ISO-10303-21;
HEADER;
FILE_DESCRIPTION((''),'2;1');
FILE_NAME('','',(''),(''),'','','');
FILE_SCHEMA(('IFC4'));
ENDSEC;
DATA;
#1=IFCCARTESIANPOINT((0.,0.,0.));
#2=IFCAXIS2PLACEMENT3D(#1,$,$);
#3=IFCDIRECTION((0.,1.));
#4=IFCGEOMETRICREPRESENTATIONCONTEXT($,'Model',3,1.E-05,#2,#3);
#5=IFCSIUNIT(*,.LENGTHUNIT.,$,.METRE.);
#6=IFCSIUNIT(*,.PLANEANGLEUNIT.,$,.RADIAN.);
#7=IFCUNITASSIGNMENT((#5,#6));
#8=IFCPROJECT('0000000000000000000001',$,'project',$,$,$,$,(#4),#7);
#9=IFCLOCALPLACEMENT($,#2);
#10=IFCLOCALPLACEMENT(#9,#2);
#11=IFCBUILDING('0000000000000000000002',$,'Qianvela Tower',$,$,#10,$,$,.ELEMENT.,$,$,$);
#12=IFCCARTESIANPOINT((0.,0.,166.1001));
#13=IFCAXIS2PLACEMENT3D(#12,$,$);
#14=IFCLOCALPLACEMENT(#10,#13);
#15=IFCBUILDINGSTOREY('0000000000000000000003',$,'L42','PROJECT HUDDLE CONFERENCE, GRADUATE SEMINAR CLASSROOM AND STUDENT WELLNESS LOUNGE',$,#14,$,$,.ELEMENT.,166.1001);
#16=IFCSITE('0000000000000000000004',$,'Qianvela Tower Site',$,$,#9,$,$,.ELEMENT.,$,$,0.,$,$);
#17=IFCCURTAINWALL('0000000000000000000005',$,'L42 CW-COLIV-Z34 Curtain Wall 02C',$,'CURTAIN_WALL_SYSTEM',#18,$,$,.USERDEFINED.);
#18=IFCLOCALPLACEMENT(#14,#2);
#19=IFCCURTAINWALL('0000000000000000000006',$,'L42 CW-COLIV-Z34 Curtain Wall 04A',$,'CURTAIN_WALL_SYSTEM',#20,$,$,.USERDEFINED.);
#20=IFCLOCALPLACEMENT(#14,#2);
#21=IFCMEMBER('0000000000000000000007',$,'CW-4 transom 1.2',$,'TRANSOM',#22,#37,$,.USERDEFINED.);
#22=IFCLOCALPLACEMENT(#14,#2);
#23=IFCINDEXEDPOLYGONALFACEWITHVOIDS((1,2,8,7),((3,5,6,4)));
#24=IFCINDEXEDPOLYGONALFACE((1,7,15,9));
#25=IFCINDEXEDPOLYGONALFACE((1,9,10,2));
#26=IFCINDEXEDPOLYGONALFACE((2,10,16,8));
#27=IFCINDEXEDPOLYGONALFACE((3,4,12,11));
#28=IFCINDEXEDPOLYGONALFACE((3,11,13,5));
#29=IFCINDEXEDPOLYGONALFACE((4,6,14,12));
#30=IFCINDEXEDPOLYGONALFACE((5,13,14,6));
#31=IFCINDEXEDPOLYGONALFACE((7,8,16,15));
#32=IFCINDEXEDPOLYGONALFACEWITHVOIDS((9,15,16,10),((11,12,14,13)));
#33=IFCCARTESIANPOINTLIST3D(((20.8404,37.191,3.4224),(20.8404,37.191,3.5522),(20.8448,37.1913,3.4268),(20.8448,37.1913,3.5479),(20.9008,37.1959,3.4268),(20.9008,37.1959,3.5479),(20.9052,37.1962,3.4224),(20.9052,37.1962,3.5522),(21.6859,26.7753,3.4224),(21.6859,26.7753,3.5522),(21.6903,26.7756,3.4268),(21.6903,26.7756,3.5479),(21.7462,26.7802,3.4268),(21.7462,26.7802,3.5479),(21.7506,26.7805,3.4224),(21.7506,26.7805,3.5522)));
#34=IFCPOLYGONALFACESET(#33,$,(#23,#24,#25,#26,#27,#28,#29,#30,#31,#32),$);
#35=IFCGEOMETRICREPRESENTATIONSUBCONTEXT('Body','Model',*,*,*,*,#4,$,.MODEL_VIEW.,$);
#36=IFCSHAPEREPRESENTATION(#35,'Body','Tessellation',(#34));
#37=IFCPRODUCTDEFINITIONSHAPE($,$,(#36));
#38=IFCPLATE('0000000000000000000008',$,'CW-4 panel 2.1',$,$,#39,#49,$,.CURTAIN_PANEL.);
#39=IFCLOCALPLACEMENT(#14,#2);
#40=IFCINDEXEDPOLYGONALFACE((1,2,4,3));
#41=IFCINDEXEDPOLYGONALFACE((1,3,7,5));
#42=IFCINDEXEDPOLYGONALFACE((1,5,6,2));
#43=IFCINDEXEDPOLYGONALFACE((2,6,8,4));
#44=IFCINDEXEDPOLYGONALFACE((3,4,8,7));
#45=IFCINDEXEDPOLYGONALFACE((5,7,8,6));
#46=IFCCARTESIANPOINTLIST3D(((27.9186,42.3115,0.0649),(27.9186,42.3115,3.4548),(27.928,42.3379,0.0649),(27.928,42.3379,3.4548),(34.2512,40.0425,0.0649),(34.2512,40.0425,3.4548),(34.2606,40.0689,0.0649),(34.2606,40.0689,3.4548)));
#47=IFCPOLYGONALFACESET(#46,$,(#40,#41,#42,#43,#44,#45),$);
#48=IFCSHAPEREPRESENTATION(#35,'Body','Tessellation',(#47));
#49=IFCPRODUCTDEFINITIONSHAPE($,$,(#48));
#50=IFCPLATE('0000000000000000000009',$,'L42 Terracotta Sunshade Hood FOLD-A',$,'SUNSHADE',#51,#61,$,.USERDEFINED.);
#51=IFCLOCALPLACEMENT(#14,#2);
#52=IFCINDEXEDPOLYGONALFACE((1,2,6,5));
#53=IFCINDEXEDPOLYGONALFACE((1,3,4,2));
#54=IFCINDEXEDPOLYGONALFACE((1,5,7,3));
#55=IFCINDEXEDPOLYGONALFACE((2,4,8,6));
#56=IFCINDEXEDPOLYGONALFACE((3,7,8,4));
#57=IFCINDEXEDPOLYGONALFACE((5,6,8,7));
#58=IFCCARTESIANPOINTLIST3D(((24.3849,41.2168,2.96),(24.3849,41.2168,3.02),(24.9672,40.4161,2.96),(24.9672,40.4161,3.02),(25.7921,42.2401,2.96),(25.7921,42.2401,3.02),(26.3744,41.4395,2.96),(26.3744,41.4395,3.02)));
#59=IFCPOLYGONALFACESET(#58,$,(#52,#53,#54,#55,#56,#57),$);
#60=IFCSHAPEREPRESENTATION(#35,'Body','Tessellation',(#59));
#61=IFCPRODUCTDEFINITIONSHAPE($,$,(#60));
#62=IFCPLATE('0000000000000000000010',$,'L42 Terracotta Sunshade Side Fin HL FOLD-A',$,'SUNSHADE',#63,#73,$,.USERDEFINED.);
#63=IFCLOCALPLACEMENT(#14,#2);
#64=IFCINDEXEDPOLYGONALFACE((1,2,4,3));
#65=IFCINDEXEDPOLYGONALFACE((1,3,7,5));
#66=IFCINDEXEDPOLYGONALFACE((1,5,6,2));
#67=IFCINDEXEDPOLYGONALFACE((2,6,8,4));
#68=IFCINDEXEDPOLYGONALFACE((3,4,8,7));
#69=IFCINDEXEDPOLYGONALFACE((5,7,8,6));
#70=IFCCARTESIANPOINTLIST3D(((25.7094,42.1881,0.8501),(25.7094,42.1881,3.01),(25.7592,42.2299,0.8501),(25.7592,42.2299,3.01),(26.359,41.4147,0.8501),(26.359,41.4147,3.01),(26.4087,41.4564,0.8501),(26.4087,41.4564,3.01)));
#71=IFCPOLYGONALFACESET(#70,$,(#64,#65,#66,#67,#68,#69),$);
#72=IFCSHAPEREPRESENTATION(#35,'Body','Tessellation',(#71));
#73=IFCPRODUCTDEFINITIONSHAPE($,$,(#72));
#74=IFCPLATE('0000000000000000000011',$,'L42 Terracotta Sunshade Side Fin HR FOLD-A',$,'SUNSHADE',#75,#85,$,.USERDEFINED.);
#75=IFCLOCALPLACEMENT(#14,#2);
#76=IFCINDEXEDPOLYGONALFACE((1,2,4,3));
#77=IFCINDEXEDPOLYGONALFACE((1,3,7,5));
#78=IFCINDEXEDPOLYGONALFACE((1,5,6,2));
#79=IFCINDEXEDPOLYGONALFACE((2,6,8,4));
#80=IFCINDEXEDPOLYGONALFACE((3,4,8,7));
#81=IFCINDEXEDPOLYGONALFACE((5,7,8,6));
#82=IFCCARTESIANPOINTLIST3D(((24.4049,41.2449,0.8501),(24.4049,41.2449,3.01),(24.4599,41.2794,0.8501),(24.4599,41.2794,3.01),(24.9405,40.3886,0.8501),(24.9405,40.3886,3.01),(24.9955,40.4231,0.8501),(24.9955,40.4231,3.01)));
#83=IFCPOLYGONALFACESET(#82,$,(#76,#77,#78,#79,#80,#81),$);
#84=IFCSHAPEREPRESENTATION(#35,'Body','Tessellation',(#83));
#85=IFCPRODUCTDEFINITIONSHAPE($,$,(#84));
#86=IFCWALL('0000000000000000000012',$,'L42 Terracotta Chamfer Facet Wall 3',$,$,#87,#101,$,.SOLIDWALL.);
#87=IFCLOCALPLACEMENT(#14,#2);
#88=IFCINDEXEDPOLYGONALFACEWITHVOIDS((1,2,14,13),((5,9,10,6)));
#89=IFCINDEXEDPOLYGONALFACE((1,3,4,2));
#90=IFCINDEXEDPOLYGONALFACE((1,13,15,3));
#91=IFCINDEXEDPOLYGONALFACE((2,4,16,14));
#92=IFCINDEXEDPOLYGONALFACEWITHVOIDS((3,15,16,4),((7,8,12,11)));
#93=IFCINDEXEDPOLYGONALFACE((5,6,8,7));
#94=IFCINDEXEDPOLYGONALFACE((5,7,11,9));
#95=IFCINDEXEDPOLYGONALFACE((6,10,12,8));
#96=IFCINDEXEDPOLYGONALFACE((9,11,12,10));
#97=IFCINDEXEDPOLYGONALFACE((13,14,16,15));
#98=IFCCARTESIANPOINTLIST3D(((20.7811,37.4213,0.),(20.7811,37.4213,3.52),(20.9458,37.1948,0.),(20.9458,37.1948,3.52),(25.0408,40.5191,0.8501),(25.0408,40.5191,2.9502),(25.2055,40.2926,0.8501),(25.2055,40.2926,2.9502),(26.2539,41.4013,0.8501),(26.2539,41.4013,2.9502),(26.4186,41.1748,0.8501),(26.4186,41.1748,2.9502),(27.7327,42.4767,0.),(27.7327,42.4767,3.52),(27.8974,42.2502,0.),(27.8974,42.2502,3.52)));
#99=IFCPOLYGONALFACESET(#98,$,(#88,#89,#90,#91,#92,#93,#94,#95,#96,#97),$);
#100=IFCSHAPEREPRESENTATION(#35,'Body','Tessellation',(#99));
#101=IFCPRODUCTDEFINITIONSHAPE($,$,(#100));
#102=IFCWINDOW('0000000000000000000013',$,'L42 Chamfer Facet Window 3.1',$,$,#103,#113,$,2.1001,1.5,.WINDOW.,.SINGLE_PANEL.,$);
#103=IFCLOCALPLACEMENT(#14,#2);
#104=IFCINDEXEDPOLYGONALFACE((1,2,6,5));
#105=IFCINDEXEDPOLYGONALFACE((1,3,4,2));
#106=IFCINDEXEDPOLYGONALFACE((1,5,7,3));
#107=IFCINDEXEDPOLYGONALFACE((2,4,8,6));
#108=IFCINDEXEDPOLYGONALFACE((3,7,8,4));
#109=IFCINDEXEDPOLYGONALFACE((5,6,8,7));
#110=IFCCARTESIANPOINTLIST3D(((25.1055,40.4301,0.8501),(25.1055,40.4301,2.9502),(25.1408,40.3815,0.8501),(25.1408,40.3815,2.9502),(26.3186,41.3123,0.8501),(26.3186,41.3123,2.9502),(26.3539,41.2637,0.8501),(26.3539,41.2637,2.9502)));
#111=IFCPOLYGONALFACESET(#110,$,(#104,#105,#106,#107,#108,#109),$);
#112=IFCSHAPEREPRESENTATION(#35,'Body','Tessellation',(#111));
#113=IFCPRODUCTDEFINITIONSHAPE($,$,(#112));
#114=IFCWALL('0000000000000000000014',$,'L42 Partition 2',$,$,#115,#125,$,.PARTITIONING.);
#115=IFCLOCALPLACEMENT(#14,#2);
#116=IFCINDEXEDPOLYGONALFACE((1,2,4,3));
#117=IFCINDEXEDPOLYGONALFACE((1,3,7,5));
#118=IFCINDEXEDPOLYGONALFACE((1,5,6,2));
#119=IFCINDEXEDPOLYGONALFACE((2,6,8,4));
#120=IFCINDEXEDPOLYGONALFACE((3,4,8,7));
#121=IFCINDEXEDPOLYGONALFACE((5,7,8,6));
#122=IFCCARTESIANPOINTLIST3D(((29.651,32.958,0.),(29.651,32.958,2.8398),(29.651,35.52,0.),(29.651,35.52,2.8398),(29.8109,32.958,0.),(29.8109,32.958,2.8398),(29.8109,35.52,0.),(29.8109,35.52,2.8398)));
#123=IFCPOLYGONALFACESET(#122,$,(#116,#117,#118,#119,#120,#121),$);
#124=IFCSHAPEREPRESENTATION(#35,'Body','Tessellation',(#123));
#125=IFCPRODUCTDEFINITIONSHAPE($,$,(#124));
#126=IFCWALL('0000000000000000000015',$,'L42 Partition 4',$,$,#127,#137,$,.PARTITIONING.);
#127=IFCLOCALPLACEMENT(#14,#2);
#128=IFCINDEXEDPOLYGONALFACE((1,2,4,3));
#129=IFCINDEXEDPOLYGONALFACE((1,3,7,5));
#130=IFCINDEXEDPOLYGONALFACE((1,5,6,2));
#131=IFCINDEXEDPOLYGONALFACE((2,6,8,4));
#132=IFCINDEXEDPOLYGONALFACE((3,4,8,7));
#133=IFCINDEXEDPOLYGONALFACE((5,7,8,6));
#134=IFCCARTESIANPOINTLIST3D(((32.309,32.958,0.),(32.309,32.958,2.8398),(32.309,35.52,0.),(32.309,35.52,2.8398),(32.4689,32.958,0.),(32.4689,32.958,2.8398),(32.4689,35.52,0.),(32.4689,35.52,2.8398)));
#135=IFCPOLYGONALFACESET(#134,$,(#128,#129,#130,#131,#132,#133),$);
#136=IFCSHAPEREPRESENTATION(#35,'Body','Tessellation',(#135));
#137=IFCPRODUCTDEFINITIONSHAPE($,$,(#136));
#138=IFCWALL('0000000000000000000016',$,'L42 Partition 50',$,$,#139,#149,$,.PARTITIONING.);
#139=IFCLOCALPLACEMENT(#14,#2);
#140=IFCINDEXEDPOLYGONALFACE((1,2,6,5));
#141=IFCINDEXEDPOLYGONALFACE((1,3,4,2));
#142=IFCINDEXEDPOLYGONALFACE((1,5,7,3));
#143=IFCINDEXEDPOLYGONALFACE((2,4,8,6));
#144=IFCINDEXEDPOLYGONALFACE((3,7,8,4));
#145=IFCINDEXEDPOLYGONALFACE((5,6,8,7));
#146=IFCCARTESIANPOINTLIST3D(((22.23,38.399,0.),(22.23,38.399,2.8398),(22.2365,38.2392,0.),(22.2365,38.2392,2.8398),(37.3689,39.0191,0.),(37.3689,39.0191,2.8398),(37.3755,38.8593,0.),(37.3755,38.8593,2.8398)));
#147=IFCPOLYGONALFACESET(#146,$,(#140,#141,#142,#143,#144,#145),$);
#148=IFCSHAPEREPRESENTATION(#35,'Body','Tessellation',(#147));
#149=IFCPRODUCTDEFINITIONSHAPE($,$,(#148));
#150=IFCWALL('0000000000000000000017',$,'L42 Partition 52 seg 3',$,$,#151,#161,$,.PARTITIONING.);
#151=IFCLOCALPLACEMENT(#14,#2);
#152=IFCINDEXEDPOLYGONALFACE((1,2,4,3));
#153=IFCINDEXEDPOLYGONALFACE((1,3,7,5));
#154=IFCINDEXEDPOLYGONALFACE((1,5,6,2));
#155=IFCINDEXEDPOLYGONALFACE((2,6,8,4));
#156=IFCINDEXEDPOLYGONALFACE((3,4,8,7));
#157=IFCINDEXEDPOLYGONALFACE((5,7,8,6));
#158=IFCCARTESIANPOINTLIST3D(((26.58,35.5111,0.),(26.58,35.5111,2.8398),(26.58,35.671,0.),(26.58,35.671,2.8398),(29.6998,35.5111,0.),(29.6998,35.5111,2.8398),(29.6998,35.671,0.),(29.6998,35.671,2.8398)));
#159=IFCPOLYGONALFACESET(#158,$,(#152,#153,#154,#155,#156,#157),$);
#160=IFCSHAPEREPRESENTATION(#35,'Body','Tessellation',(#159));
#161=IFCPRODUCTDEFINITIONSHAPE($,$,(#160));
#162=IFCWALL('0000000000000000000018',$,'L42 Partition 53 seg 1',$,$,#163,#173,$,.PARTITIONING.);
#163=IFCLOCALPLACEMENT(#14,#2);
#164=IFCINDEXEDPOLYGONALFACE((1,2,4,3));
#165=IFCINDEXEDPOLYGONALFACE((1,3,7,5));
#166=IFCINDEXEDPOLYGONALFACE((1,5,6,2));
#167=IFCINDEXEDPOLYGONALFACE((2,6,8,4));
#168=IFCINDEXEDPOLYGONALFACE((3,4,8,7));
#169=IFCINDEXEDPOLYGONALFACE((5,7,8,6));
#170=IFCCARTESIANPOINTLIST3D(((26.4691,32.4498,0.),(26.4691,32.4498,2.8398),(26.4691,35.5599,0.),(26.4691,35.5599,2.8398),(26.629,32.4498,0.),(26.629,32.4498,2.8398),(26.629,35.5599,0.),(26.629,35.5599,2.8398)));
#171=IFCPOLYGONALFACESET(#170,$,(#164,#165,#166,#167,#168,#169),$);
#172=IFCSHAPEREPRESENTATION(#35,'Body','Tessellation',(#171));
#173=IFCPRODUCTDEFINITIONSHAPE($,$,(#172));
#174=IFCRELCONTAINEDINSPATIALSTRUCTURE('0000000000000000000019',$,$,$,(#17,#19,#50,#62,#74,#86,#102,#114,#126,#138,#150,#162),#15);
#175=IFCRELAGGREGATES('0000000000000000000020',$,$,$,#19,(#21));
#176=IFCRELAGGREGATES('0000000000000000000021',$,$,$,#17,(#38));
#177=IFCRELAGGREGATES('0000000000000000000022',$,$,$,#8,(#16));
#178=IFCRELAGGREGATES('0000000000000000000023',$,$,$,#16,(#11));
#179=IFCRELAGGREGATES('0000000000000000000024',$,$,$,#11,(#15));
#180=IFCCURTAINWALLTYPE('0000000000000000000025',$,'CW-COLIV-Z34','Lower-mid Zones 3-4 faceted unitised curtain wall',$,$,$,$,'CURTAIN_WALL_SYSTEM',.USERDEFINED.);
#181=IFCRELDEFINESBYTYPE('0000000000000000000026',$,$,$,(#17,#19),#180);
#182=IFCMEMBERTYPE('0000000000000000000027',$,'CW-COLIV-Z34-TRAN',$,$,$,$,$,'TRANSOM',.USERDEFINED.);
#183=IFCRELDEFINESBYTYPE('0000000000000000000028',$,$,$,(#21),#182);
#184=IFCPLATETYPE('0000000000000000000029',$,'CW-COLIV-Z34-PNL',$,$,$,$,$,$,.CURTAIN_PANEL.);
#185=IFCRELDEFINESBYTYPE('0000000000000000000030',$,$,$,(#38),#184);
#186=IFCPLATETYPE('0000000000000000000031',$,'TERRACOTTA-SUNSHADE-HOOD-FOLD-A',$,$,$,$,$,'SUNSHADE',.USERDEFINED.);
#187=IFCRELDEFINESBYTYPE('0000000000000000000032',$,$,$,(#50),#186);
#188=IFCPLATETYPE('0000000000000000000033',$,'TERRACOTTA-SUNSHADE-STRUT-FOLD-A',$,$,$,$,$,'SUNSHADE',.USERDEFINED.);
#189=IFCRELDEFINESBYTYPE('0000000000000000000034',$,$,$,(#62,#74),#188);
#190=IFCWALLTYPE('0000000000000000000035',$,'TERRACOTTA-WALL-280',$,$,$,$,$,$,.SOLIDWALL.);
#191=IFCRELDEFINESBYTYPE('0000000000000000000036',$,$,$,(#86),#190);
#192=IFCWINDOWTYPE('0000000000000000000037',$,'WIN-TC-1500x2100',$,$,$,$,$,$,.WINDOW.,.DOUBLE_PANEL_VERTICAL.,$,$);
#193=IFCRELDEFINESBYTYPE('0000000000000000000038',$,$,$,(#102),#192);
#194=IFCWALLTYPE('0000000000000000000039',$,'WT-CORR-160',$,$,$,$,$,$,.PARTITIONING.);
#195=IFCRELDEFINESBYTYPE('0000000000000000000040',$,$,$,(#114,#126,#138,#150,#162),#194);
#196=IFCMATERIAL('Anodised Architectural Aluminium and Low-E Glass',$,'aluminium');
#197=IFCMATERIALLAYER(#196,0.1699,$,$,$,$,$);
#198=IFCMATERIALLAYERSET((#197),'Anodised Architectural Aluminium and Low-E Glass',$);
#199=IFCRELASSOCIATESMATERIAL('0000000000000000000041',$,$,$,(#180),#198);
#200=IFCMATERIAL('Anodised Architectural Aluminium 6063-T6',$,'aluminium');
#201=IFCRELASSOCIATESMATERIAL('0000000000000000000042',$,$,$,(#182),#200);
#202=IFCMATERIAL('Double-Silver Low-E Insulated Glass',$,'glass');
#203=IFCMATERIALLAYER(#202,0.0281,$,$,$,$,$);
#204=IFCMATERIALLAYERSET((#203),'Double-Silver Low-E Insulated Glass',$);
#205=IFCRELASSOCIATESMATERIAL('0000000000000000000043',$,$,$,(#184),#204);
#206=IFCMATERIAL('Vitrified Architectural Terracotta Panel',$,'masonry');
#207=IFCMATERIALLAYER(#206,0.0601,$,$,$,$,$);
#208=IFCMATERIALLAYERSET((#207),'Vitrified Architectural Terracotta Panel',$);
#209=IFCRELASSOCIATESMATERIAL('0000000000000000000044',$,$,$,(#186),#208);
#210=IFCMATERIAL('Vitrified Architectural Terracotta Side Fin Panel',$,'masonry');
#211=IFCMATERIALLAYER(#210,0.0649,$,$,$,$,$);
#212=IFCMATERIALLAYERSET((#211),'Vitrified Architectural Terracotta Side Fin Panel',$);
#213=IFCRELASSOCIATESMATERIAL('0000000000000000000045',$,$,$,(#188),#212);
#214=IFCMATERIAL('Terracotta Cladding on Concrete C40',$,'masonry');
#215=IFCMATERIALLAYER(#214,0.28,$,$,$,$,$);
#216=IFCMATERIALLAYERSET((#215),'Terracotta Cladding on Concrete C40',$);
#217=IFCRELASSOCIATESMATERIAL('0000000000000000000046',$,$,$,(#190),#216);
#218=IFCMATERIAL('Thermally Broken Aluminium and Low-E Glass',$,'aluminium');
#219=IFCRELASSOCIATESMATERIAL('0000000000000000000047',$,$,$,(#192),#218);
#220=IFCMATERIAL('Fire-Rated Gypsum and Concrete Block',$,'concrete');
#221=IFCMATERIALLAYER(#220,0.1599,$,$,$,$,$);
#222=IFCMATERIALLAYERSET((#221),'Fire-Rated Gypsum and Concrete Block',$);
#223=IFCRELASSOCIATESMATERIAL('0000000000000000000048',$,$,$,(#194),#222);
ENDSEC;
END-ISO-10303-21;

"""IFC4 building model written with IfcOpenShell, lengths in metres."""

from ifc_helpers import new_model, si_unit, direction, frame, frame_2d, origin, origin_2d, place, context, subcontext, project, spatial, rectangle, hollow_rectangle, extrude, material, layer, layer_set, material_profile, profile_set, type_object, element, fill, aggregate, save


model = new_model("IFC4")

# Units and contexts
model_context = context("Model", 3, precision=1e-05, world=origin(), true_north=direction((0.0, 1.0)))
body_context = subcontext(model_context, "Body", "Model", "MODEL_VIEW")
ifc_project = project(units=[si_unit("LENGTHUNIT", "METRE"), si_unit("PLANEANGLEUNIT", "RADIAN")], contexts=[model_context])

# Site, building, storey
site_placement = place(None, origin())
site = spatial("IfcSite", under=ifc_project, at=site_placement, Name="Qianvela Tower Site", CompositionType="ELEMENT", RefElevation=0.0)
building_placement = place(site_placement, origin())
building = spatial("IfcBuilding", under=site, at=building_placement, Name="Qianvela Tower", CompositionType="ELEMENT")
storey_placement = place(building_placement, frame((0.0, 0.0, 166.1001)))
storey = spatial("IfcBuildingStorey", under=building, at=storey_placement, Name="L42", Description="PROJECT HUDDLE CONFERENCE, GRADUATE SEMINAR CLASSROOM AND STUDENT WELLNESS LOUNGE", CompositionType="ELEMENT", Elevation=166.1001)

# Curtain wall
ifc_material_1 = material(Name="Anodised Architectural Aluminium and Low-E Glass", Category="aluminium")
ifc_layer_1 = layer(ifc_material_1, 0.1699)
ifc_layer_set_1 = layer_set([ifc_layer_1], Name="Anodised Architectural Aluminium and Low-E Glass")
curtain_wall_type = type_object("IfcCurtainWallType", Name="CW-COLIV-Z34", Description="Lower-mid Zones 3-4 faceted unitised curtain wall", ElementType="CURTAIN_WALL_SYSTEM", PredefinedType="USERDEFINED", material=ifc_layer_set_1)
curtain_wall_1_placement = place(storey_placement, origin())
curtain_wall_1 = element("IfcCurtainWall", 1, at=curtain_wall_1_placement, inside=storey, type_object=curtain_wall_type, Name="L42 CW-COLIV-Z34 Curtain Wall 02C", ObjectType="CURTAIN_WALL_SYSTEM", PredefinedType="USERDEFINED")

# Curtain wall, member
curtain_wall_2_placement = place(storey_placement, origin())
curtain_wall_2 = element("IfcCurtainWall", 2, at=curtain_wall_2_placement, inside=storey, type_object=curtain_wall_type, Name="L42 CW-COLIV-Z34 Curtain Wall 04A", ObjectType="CURTAIN_WALL_SYSTEM", PredefinedType="USERDEFINED")
ifc_material_2 = material(Name="Anodised Architectural Aluminium 6063-T6", Category="aluminium")
ifc_material_profile_1 = material_profile(ifc_material_2, hollow_rectangle(XDim=0.0649, YDim=0.1299, WallThickness=0.0044, at=origin_2d()), Name="ALU-TRAN-65x130")
ifc_profile_set_1 = profile_set([ifc_material_profile_1], Name="Anodised Architectural Aluminium 6063-T6")
member_type_1 = type_object("IfcMemberType", Name="CW-COLIV-Z34-TRAN", ElementType="TRANSOM", PredefinedType="USERDEFINED", material=ifc_profile_set_1)
member_1_placement = place(storey_placement, frame((20.8728, 37.1936, 3.4873), z_axis=(0.080905, -0.996722, 0.0), x_axis=(0.996722, 0.080905, 0.0)))
member_1 = element("IfcMember", 3, at=member_1_placement, type_object=member_type_1, Name="CW-4 transom 1.2", ObjectType="TRANSOM", PredefinedType="USERDEFINED", context=body_context, shape_type="SweptSolid", body=[
    extrude(hollow_rectangle(XDim=0.0649, YDim=0.1299, WallThickness=0.0044, at=origin_2d()), origin(), (0.0, 0.0, 1.0), 10.45),
])
aggregate(curtain_wall_2, [member_1])

# Plate
ifc_material_3 = material(Name="Double-Silver Low-E Insulated Glass", Category="glass")
ifc_layer_2 = layer(ifc_material_3, 0.0281)
ifc_layer_set_2 = layer_set([ifc_layer_2], Name="Double-Silver Low-E Insulated Glass")
plate_type_1 = type_object("IfcPlateType", Name="CW-COLIV-Z34-PNL", PredefinedType="CURTAIN_PANEL", material=ifc_layer_set_2)
plate_1_placement = place(storey_placement, frame((31.0896, 41.1902, 0.0649), z_axis=(0.0, 0.0, 1.0), x_axis=(-0.941394, 0.33731, 0.0)))
plate_1 = element("IfcPlate", 4, at=plate_1_placement, type_object=plate_type_1, Name="CW-4 panel 2.1", PredefinedType="CURTAIN_PANEL", context=body_context, shape_type="SweptSolid", body=[
    extrude(rectangle(XDim=6.7268, YDim=0.0281, at=origin_2d()), origin(), (0.0, 0.0, 1.0), 3.3899),
])
aggregate(curtain_wall_1, [plate_1])

# Plates
ifc_material_4 = material(Name="Vitrified Architectural Terracotta Panel", Category="masonry")
ifc_layer_3 = layer(ifc_material_4, 0.0601)
ifc_layer_set_3 = layer_set([ifc_layer_3], Name="Vitrified Architectural Terracotta Panel")
plate_type_2 = type_object("IfcPlateType", Name="TERRACOTTA-SUNSHADE-HOOD-FOLD-A", ElementType="SUNSHADE", PredefinedType="USERDEFINED", material=ifc_layer_set_3)
plate_2_placement = place(storey_placement, frame((25.3796, 41.3281, 2.96), z_axis=(0.0, 0.0, 1.0), x_axis=(-0.808749, -0.588154, 0.0)))
element("IfcPlate", 5, at=plate_2_placement, inside=storey, type_object=plate_type_2, Name="L42 Terracotta Sunshade Hood FOLD-A", ObjectType="SUNSHADE", PredefinedType="USERDEFINED", context=body_context, shape_type="SweptSolid", body=[
    extrude(rectangle(XDim=1.74, YDim=0.99, at=origin_2d()), origin(), (0.0, 0.0, 1.0), 0.0601),
])
ifc_material_5 = material(Name="Vitrified Architectural Terracotta Side Fin Panel", Category="masonry")
ifc_layer_4 = layer(ifc_material_5, 0.0649)
ifc_layer_set_4 = layer_set([ifc_layer_4], Name="Vitrified Architectural Terracotta Side Fin Panel")
plate_type_3 = type_object("IfcPlateType", Name="TERRACOTTA-SUNSHADE-STRUT-FOLD-A", ElementType="SUNSHADE", PredefinedType="USERDEFINED", material=ifc_layer_set_4)
for number, where, z_axis, x_axis, name in (
    (6, (26.0591, 41.8223, 0.8501), (0.0, 0.0, 1.0), (-0.765752, -0.643136, 0.0), "L42 Terracotta Sunshade Side Fin HL FOLD-A"),
    (7, (24.7002, 40.834, 0.8501), (0.0, 0.0, 1.0), (-0.847807, -0.530306, 0.0), "L42 Terracotta Sunshade Side Fin HR FOLD-A"),
):
    element("IfcPlate", number, at=place(storey_placement, frame(where, z_axis=z_axis, x_axis=x_axis)), inside=storey, type_object=plate_type_3, Name=name, ObjectType="SUNSHADE", PredefinedType="USERDEFINED", context=body_context, shape_type="SweptSolid", body=[
        extrude(rectangle(XDim=0.0649, YDim=1.01, at=origin_2d()), origin(), (0.0, 0.0, 1.0), 2.1599),
    ])

# Wall, opening, window
ifc_material_6 = material(Name="Terracotta Cladding on Concrete C40", Category="masonry")
ifc_layer_5 = layer(ifc_material_6, 0.28)
ifc_layer_set_5 = layer_set([ifc_layer_5], Name="Terracotta Cladding on Concrete C40")
wall_type_1 = type_object("IfcWallType", Name="TERRACOTTA-WALL-280", PredefinedType="SOLIDWALL", material=ifc_layer_set_5)
wall_1_placement = place(storey_placement, frame((27.8152, 42.3635, 0.0), z_axis=(0.0, 0.0, 1.0), x_axis=(-0.808755, -0.588146, 0.0)))
wall_1 = element("IfcWall", 8, at=wall_1_placement, inside=storey, type_object=wall_type_1, Name="L42 Terracotta Chamfer Facet Wall 3", PredefinedType="SOLIDWALL", context=body_context, shape_type="SweptSolid", body=[
    extrude(rectangle(XDim=8.5955, YDim=0.28, at=frame_2d((4.2979, 0.0))), origin(), (0.0, 0.0, 1.0), 3.52),
])
opening_1_placement = place(wall_1_placement, frame((1.8286, 0.0, 0.8501)))
opening_1 = element("IfcOpeningElement", 9, at=opening_1_placement, cuts=wall_1, PredefinedType="OPENING", context=body_context, shape_type="SweptSolid", body=[
    extrude(rectangle(XDim=1.5, YDim=2.1001, at=frame_2d((0.75, 1.05))), frame((0.0, 0.1499, 0.0), z_axis=(0.0, -1.0, 0.0), x_axis=(1.0, 0.0, 0.0)), (0.0, 0.0, 1.0), 0.3),
])
ifc_material_7 = material(Name="Thermally Broken Aluminium and Low-E Glass", Category="aluminium")
window_type = type_object("IfcWindowType", Name="WIN-TC-1500x2100", PartitioningType="DOUBLE_PANEL_VERTICAL", PredefinedType="WINDOW", material=ifc_material_7)
window_placement = place(opening_1_placement, origin())
window = element("IfcWindow", 10, at=window_placement, inside=storey, type_object=window_type, Name="L42 Chamfer Facet Window 3.1", OverallHeight=2.1001, OverallWidth=1.5, PartitioningType="SINGLE_PANEL", PredefinedType="WINDOW", context=body_context, shape_type="SweptSolid", body=[
    extrude(rectangle(XDim=1.5, YDim=2.1001, at=frame_2d((0.75, 1.05))), frame((0.0, 0.03, 0.0), z_axis=(0.0, -1.0, 0.0), x_axis=(1.0, 0.0, 0.0)), (0.0, 0.0, 1.0), 0.0601),
])
fill(opening_1, window)

# Wall
ifc_material_8 = material(Name="Fire-Rated Gypsum and Concrete Block", Category="concrete")
ifc_layer_6 = layer(ifc_material_8, 0.1599)
ifc_layer_set_6 = layer_set([ifc_layer_6], Name="Fire-Rated Gypsum and Concrete Block")
wall_type_2 = type_object("IfcWallType", Name="WT-CORR-160", PredefinedType="PARTITIONING", material=ifc_layer_set_6)
wall_2_placement = place(storey_placement, frame((29.731, 32.958, 0.0), z_axis=(0.0, 0.0, 1.0), x_axis=(0.0, 1.0, 0.0)))
element("IfcWall", 11, at=wall_2_placement, inside=storey, type_object=wall_type_2, Name="L42 Partition 2", PredefinedType="PARTITIONING", context=body_context, shape_type="SweptSolid", body=[
    extrude(rectangle(XDim=2.562, YDim=0.1599, at=frame_2d((1.281, 0.0))), origin(), (0.0, 0.0, 1.0), 2.8398),
])

# Walls
wall_3_placement = place(storey_placement, frame((32.3889, 35.52, 0.0), z_axis=(0.0, 0.0, 1.0), x_axis=(0.0, -1.0, 0.0)))
element("IfcWall", 12, at=wall_3_placement, inside=storey, type_object=wall_type_2, Name="L42 Partition 4", PredefinedType="PARTITIONING", context=body_context, shape_type="SweptSolid", body=[
    extrude(rectangle(XDim=2.562, YDim=0.1599, at=frame_2d((1.281, 0.0))), origin(), (0.0, 0.0, 1.0), 2.8398),
])
wall_4_placement = place(storey_placement, frame((22.2334, 38.3191, 0.0), z_axis=(0.0, 0.0, 1.0), x_axis=(0.999162, 0.040927, 0.0)))
element("IfcWall", 13, at=wall_4_placement, inside=storey, type_object=wall_type_2, Name="L42 Partition 50", PredefinedType="PARTITIONING", context=body_context, shape_type="SweptSolid", body=[
    extrude(rectangle(XDim=15.1516, YDim=0.1599, at=frame_2d((7.5757, 0.0))), origin(), (0.0, 0.0, 1.0), 2.8398),
])
wall_5_placement = place(storey_placement, frame((29.7, 35.5911, 0.0), z_axis=(0.0, 0.0, 1.0), x_axis=(-1.0, 0.0, 0.0)))
element("IfcWall", 14, at=wall_5_placement, inside=storey, type_object=wall_type_2, Name="L42 Partition 52 seg 3", PredefinedType="PARTITIONING", context=body_context, shape_type="SweptSolid", body=[
    extrude(rectangle(XDim=3.1199, YDim=0.1599, at=frame_2d((1.5601, 0.0))), origin(), (0.0, 0.0, 1.0), 2.8398),
])
wall_6_placement = place(storey_placement, frame((26.5491, 35.5601, 0.0), z_axis=(0.0, 0.0, 1.0), x_axis=(0.0, -1.0, 0.0)))
element("IfcWall", 15, at=wall_6_placement, inside=storey, type_object=wall_type_2, Name="L42 Partition 53 seg 1", PredefinedType="PARTITIONING", context=body_context, shape_type="SweptSolid", body=[
    extrude(rectangle(XDim=3.1101, YDim=0.1599, at=frame_2d((1.5552, 0.0))), origin(), (0.0, 0.0, 1.0), 2.8398),
])

save(model, "model.ifc")
